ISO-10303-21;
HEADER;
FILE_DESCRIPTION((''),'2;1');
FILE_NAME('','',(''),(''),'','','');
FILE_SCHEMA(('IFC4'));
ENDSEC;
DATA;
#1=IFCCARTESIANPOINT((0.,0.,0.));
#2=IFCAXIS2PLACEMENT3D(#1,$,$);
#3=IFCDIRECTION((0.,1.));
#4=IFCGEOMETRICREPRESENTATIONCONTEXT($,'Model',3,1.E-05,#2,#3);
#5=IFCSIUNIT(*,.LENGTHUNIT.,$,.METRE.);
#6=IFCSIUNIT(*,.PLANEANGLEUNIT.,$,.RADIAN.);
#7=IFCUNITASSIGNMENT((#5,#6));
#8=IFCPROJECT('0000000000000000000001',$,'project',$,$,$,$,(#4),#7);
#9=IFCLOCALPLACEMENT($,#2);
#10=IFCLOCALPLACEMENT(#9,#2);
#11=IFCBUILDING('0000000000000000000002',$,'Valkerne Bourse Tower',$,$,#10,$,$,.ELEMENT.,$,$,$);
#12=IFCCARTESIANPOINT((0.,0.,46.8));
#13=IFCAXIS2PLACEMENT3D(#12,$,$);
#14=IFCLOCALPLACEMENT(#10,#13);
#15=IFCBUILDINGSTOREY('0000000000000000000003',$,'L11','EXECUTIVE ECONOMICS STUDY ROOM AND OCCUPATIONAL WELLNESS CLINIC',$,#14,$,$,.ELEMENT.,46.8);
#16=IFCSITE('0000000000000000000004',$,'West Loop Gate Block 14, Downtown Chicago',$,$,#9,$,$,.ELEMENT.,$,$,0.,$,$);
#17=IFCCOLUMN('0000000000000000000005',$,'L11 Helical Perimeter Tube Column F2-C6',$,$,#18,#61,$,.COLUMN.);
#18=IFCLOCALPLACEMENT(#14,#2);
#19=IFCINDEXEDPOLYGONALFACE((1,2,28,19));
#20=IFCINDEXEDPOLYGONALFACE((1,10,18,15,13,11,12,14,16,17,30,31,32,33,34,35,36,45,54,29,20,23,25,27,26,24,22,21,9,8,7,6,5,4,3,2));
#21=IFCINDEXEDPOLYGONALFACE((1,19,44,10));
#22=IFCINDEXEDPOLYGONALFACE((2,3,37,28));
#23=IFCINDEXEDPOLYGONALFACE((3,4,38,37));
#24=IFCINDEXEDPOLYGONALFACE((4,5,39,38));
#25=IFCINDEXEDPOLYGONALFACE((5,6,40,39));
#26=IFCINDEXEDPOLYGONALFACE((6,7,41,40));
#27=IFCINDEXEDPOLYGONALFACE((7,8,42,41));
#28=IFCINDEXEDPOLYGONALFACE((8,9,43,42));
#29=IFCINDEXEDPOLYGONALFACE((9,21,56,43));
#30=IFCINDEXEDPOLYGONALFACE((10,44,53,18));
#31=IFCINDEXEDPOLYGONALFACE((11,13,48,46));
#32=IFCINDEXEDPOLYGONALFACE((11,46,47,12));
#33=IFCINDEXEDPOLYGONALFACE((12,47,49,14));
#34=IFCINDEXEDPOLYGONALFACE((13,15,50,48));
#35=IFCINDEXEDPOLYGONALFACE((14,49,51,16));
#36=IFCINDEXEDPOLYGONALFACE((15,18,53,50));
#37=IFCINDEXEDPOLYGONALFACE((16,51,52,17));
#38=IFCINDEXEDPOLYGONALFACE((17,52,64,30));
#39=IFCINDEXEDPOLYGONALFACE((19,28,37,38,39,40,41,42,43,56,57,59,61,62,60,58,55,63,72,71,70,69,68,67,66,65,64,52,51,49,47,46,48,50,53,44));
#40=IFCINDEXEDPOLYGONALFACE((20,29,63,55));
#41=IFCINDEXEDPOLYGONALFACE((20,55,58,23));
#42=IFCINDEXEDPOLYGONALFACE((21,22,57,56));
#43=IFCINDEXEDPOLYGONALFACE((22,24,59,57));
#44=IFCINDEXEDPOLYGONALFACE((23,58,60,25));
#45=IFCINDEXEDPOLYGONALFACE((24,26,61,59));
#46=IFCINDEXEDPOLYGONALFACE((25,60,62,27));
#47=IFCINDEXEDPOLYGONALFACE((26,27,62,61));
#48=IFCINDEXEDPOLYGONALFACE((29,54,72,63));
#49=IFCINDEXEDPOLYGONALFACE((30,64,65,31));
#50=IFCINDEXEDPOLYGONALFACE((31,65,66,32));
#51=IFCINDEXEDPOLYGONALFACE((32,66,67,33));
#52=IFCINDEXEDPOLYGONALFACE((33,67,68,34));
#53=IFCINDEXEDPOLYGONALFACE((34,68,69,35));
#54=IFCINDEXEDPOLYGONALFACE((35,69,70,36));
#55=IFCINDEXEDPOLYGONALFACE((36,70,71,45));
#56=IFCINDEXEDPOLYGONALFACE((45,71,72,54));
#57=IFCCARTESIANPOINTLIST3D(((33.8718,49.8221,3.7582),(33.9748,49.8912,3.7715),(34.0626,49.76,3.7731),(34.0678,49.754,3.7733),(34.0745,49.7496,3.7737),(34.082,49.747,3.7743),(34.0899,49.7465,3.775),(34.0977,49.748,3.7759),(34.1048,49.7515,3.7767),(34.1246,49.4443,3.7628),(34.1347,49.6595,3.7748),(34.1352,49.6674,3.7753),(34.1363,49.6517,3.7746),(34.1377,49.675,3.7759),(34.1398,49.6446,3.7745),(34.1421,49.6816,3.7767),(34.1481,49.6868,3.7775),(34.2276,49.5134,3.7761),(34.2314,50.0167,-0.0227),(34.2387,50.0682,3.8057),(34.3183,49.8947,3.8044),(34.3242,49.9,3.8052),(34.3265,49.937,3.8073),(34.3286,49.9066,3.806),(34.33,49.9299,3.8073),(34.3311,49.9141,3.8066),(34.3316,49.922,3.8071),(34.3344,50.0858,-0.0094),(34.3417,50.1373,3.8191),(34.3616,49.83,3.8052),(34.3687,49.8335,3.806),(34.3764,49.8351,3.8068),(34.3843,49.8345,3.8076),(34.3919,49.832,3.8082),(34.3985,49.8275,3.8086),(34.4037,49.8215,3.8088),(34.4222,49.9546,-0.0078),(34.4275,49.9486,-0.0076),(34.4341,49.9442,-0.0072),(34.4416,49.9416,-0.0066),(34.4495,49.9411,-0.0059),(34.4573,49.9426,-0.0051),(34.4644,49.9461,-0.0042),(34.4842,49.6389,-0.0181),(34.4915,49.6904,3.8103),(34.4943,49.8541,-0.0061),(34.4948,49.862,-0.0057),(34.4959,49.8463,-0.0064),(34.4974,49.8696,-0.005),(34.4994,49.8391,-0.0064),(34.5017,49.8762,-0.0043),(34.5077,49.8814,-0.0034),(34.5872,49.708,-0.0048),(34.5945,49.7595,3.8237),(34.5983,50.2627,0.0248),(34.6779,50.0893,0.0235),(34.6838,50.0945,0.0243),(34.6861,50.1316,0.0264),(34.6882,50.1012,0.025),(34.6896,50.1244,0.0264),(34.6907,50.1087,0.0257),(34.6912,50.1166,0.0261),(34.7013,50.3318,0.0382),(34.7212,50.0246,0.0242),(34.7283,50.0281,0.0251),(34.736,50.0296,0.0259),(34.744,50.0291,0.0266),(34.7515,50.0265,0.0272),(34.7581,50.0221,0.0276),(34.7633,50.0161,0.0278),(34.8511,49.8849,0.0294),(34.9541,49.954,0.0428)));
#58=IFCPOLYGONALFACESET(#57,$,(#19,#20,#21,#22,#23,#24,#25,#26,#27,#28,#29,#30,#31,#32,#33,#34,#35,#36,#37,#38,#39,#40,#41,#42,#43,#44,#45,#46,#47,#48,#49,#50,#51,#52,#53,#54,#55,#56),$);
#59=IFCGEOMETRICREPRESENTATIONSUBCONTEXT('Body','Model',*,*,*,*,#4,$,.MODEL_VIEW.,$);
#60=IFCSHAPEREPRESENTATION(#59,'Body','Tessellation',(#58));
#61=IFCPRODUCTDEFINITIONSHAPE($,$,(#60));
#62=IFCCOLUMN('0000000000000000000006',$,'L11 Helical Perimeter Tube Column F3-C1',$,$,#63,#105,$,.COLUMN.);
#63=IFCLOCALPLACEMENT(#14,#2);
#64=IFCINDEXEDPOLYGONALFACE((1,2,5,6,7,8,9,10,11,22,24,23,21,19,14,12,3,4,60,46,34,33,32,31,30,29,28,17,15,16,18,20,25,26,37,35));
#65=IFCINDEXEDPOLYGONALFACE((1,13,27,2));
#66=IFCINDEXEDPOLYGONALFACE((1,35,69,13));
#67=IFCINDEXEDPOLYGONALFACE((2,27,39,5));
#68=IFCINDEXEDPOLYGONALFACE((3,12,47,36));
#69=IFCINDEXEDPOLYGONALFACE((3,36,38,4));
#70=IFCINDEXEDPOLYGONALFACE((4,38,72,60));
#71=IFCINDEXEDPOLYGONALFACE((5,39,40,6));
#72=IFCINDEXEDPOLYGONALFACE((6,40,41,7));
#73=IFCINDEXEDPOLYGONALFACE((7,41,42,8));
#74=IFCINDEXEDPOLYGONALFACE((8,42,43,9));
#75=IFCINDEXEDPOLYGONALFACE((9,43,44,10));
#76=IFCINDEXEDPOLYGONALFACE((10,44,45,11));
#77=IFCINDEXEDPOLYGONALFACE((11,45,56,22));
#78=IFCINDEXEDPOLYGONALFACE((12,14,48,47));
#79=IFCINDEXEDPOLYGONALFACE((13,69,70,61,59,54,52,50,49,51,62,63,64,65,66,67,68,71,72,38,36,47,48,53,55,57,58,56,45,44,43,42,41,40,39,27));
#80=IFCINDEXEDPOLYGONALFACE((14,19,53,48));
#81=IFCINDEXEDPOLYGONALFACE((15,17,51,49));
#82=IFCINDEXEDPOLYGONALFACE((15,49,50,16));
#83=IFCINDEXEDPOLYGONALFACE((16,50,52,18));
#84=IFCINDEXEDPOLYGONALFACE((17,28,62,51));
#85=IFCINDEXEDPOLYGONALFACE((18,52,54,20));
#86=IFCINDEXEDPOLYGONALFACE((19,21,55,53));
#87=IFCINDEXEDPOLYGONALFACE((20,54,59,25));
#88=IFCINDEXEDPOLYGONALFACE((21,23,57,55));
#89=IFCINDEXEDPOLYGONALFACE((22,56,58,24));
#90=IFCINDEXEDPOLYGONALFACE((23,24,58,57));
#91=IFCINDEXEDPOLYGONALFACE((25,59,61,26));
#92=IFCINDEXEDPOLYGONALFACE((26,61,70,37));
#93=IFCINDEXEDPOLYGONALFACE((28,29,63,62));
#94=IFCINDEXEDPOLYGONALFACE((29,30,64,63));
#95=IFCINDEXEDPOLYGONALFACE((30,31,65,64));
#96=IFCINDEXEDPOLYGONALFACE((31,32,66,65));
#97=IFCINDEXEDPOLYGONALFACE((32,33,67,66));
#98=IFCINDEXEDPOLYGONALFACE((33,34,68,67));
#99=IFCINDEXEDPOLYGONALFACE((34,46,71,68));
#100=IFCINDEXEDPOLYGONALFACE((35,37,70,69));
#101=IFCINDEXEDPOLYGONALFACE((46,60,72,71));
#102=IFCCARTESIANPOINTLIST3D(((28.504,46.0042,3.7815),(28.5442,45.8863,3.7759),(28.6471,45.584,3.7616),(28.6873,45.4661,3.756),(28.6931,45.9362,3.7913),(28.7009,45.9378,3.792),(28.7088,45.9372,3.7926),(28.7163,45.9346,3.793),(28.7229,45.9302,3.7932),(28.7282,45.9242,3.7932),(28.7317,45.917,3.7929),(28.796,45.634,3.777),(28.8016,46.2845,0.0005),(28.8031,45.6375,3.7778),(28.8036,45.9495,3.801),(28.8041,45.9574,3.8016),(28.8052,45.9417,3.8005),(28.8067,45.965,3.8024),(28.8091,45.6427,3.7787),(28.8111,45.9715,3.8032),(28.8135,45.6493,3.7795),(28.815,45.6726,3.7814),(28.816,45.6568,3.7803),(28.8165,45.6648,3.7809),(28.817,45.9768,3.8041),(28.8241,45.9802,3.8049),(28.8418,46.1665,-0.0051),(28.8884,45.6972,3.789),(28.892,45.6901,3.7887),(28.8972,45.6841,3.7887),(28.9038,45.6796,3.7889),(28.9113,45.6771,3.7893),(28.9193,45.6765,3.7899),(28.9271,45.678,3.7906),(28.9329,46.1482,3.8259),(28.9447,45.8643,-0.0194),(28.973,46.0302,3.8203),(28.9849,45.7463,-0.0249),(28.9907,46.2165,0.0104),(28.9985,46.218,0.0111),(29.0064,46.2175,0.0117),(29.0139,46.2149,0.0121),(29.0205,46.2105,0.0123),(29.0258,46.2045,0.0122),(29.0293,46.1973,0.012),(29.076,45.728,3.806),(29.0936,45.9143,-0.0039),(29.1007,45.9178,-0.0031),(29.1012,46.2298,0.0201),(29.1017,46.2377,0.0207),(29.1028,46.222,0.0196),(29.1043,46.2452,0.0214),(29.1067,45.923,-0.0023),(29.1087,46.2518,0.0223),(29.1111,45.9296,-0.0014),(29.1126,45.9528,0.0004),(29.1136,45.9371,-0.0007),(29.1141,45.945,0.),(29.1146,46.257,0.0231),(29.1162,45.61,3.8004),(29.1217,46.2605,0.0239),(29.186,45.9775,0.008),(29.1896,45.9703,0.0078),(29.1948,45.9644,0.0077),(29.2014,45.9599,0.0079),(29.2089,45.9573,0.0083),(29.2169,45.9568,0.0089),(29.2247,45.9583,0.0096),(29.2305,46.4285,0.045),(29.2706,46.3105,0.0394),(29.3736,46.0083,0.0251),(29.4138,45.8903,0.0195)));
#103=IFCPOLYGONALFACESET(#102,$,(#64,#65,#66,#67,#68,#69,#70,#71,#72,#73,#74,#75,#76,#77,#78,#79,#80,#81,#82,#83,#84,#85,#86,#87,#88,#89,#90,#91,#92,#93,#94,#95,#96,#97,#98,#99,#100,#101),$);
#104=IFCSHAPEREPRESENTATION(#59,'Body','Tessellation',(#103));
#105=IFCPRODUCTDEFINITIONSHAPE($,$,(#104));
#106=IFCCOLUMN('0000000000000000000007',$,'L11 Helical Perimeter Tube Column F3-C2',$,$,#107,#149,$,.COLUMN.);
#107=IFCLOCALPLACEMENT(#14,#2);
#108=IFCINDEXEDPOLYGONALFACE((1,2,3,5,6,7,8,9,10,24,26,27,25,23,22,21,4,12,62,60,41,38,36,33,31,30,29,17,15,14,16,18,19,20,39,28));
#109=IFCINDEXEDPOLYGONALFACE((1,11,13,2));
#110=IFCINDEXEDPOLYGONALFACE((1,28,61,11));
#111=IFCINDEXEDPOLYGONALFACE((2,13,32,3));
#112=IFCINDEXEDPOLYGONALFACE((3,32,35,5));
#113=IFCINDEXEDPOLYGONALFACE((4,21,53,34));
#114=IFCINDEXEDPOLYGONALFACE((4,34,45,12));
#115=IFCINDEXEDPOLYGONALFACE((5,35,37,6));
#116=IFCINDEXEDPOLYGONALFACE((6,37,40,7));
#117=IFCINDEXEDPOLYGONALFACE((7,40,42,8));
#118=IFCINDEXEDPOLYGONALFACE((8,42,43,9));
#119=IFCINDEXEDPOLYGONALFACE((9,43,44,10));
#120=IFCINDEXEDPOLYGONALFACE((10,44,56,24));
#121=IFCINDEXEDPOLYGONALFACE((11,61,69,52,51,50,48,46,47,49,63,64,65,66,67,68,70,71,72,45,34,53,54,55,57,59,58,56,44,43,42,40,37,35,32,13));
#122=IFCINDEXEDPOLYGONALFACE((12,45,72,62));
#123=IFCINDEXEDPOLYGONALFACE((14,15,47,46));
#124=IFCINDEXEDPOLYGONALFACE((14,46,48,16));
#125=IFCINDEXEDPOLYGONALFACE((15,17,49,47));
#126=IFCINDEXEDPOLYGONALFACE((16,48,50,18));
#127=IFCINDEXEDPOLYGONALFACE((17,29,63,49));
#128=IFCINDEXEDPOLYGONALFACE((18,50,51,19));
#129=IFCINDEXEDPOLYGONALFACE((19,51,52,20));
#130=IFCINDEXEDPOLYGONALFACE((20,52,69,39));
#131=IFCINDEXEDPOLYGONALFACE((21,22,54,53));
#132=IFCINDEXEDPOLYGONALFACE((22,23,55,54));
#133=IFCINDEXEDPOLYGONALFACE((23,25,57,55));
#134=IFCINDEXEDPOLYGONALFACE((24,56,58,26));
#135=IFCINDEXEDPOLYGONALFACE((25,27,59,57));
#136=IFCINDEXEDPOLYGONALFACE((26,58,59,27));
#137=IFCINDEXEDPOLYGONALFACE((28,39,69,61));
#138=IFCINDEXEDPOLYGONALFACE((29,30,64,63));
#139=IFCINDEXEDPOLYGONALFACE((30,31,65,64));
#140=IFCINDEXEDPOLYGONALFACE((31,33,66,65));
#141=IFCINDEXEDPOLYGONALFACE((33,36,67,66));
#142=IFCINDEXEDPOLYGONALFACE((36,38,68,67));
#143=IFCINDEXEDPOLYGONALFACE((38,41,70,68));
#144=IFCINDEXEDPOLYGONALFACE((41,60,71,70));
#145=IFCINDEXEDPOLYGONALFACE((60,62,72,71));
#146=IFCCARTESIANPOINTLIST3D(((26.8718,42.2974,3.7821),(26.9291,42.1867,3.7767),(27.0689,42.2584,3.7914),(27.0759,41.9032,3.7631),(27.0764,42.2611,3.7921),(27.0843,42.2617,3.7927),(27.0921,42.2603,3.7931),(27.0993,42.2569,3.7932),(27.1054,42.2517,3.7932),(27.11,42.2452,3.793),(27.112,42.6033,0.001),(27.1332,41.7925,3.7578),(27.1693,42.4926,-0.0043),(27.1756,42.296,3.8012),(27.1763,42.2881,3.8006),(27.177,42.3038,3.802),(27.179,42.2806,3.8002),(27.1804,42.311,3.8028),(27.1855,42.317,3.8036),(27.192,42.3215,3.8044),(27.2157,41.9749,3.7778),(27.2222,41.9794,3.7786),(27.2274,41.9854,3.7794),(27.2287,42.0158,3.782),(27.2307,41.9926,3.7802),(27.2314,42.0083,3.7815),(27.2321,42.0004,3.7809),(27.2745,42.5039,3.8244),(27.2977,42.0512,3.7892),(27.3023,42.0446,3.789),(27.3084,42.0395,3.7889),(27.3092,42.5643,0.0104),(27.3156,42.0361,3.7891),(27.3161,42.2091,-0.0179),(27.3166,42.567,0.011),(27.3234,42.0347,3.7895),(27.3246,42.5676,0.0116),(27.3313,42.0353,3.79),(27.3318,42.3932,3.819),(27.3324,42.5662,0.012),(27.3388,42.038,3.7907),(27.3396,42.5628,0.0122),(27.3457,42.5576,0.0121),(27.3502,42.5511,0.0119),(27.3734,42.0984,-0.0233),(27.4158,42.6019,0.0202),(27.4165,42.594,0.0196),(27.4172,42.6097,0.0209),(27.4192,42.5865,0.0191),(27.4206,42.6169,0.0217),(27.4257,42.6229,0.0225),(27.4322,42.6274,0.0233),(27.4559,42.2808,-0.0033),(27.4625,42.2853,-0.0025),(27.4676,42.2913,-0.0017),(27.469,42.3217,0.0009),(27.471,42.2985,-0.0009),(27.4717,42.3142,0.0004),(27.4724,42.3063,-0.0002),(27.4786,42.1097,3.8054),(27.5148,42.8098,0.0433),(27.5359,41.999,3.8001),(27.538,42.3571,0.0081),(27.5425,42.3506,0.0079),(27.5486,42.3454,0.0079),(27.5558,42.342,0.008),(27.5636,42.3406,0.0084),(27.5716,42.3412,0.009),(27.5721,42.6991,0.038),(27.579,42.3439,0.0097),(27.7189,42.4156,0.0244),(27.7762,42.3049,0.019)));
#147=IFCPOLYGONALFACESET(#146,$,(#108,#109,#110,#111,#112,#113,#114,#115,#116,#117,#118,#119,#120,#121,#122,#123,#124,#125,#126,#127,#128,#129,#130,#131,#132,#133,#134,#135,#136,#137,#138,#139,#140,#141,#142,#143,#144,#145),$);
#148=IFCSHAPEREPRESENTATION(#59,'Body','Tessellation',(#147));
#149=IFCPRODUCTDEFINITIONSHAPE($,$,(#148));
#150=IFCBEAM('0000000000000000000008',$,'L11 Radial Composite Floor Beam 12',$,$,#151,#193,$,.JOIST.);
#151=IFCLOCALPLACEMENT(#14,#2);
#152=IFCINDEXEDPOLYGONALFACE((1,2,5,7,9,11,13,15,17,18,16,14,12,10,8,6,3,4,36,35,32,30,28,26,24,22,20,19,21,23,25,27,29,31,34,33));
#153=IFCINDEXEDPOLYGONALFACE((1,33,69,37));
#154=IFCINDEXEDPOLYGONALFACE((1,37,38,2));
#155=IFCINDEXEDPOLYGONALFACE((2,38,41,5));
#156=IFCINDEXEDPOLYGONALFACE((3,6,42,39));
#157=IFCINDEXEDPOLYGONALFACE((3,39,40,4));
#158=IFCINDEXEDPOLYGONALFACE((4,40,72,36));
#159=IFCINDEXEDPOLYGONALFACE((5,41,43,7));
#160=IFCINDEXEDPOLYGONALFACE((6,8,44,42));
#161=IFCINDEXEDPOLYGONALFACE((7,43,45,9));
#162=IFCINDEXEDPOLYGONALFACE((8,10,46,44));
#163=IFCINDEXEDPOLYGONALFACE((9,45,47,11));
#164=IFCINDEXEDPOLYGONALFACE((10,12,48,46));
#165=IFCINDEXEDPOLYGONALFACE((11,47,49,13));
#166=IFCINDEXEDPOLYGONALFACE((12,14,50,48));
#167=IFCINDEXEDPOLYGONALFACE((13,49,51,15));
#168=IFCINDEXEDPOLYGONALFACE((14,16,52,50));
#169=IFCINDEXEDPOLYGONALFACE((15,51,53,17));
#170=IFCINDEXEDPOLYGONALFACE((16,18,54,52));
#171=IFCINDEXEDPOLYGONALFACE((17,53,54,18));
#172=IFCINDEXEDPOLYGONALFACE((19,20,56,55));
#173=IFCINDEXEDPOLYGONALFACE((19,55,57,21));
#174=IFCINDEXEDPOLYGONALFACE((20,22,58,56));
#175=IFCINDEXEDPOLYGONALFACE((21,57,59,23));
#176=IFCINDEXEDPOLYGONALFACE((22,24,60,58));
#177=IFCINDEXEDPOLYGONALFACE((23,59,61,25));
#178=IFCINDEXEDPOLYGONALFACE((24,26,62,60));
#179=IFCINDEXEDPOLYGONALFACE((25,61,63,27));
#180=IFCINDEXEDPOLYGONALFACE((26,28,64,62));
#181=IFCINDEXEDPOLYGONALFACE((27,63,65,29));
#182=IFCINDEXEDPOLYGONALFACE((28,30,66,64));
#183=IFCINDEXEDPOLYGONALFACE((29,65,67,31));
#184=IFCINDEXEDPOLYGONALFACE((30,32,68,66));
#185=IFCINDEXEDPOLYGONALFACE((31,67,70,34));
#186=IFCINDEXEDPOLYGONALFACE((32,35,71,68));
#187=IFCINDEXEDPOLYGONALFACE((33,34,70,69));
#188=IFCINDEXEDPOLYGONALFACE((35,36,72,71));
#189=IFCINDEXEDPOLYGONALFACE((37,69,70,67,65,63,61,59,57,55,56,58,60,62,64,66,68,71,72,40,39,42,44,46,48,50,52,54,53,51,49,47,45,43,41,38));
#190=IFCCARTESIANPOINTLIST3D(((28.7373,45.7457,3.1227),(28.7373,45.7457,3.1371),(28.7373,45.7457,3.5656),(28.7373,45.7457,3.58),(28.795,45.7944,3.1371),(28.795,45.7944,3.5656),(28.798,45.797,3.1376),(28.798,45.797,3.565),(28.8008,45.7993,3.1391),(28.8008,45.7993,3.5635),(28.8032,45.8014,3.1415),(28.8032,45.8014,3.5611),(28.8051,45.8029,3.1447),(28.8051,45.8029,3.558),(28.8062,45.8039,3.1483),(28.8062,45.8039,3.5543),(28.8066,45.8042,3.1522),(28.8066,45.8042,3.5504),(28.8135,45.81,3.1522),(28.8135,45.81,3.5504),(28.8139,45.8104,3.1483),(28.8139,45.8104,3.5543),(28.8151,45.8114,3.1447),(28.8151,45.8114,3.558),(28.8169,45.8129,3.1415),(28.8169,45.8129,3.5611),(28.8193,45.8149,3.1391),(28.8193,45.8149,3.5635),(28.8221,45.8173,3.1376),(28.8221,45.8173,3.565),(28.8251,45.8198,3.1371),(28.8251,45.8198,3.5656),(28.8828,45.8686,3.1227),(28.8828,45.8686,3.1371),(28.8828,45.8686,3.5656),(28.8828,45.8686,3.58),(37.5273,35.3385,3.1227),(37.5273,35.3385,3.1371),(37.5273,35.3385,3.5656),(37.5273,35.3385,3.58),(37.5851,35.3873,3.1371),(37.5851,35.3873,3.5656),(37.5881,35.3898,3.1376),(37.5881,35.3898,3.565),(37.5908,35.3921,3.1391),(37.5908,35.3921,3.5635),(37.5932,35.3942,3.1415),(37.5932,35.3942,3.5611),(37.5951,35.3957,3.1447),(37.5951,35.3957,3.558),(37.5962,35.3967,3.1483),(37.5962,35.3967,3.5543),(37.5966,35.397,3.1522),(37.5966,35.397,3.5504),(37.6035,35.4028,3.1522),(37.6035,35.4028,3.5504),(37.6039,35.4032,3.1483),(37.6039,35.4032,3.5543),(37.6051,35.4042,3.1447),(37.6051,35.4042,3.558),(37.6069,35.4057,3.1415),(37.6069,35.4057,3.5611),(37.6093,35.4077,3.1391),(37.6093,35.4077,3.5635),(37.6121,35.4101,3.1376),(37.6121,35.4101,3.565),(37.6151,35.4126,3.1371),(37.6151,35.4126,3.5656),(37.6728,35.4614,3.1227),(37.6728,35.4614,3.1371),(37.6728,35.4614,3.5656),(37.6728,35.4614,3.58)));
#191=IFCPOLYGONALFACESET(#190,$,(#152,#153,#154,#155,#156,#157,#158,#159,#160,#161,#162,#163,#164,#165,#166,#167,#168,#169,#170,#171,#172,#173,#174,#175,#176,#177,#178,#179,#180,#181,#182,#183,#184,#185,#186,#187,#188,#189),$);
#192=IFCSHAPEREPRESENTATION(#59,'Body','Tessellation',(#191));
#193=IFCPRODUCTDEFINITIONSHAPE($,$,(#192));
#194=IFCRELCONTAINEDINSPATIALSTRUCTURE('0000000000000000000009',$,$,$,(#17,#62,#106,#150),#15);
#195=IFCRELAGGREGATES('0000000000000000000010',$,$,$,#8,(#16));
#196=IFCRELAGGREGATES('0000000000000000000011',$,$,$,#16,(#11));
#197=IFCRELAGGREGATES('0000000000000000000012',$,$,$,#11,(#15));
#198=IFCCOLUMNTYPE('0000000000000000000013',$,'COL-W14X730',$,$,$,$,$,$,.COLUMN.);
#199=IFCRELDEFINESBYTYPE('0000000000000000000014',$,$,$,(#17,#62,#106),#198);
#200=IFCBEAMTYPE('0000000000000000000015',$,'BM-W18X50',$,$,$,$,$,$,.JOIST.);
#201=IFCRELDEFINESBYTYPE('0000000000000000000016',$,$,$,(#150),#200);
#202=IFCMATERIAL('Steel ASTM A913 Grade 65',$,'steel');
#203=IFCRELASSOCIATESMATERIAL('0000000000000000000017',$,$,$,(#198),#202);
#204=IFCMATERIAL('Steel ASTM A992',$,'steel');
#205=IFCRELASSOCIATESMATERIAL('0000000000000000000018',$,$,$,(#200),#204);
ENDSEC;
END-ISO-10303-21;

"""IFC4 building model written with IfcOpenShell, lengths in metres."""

from ifc_helpers import new_model, si_unit, direction, frame, origin, origin_2d, place, context, subcontext, project, spatial, i_section, extrude, material, material_profile, profile_set, type_object, element, save


model = new_model("IFC4")

# Units and contexts
model_context = context("Model", 3, precision=1e-05, world=origin(), true_north=direction((0.0, 1.0)))
body_context = subcontext(model_context, "Body", "Model", "MODEL_VIEW")
ifc_project = project(units=[si_unit("LENGTHUNIT", "METRE"), si_unit("PLANEANGLEUNIT", "RADIAN")], contexts=[model_context])

# Site, building, storey
site_placement = place(None, origin())
site = spatial("IfcSite", under=ifc_project, at=site_placement, Name="West Loop Gate Block 14, Downtown Chicago", CompositionType="ELEMENT", RefElevation=0.0)
building_placement = place(site_placement, origin())
building = spatial("IfcBuilding", under=site, at=building_placement, Name="Valkerne Bourse Tower", CompositionType="ELEMENT")
storey_placement = place(building_placement, frame((0.0, 0.0, 46.8)))
storey = spatial("IfcBuildingStorey", under=building, at=storey_placement, Name="L11", Description="EXECUTIVE ECONOMICS STUDY ROOM AND OCCUPATIONAL WELLNESS CLINIC", CompositionType="ELEMENT", Elevation=46.8)

# Columns
ifc_material_1 = material(Name="Steel ASTM A913 Grade 65", Category="steel")
ifc_material_profile_1 = material_profile(ifc_material_1, i_section(OverallWidth=0.4546, OverallDepth=0.5691, WebThickness=0.0779, FlangeThickness=0.1248, FilletRadius=0.0305, at=origin_2d()), Name="W14X730")
ifc_profile_set_1 = profile_set([ifc_material_profile_1], Name="Steel ASTM A913 Grade 65")
column_type = type_object("IfcColumnType", Name="COL-W14X730", PredefinedType="COLUMN", material=ifc_profile_set_1)
for number, where, z_axis, x_axis, name in (
    (1, (34.5928, 49.9854, 0.01), (-0.094561, -0.051164, 0.994203), (-0.556057, 0.831083, -0.010118), "L11 Helical Perimeter Tube Column F2-C6"),
    (2, (29.1077, 46.0874, 0.01), (-0.078255, -0.073697, 0.994206), (-0.943476, -0.316702, -0.097738), "L11 Helical Perimeter Tube Column F3-C1"),
):
    element("IfcColumn", number, at=place(storey_placement, frame(where, z_axis=z_axis, x_axis=x_axis)), inside=storey, type_object=column_type, Name=name, PredefinedType="COLUMN", context=body_context, shape_type="SweptSolid", body=[
        extrude(i_section(OverallWidth=0.4546, OverallDepth=0.5691, WebThickness=0.0779, FlangeThickness=0.1248, FilletRadius=0.0305, at=origin_2d()), origin(), (0.0, 0.0, 1.0), 3.803),
    ])
column_placement = place(storey_placement, frame((27.4441, 42.4541, 0.01), z_axis=(-0.063204, -0.080482, 0.99475), x_axis=(-0.886014, -0.454227, -0.093045)))
element("IfcColumn", 3, at=column_placement, inside=storey, type_object=column_type, Name="L11 Helical Perimeter Tube Column F3-C2", PredefinedType="COLUMN", context=body_context, shape_type="SweptSolid", body=[
    extrude(i_section(OverallWidth=0.4546, OverallDepth=0.5691, WebThickness=0.0779, FlangeThickness=0.1248, FilletRadius=0.0305, at=origin_2d()), origin(), (0.0, 0.0, 1.0), 3.801),
])

# Beam
ifc_material_2 = material(Name="Steel ASTM A992", Category="steel")
ifc_material_profile_2 = material_profile(ifc_material_2, i_section(OverallWidth=0.1904, OverallDepth=0.4573, WebThickness=0.009, FlangeThickness=0.0144, FilletRadius=0.0151, at=origin_2d()), Name="W18X50")
ifc_profile_set_2 = profile_set([ifc_material_profile_2], Name="Steel ASTM A992")
beam_type_1 = type_object("IfcBeamType", Name="BM-W18X50", PredefinedType="JOIST", material=ifc_profile_set_2)
beam_1_placement = place(storey_placement, frame((28.8101, 45.8071, 3.3513), z_axis=(0.645254, -0.763968, 0.0), x_axis=(0.763968, 0.645254, 0.0)))
element("IfcBeam", 4, at=beam_1_placement, inside=storey, type_object=beam_type_1, Name="L11 Radial Composite Floor Beam 12", PredefinedType="JOIST", context=body_context, shape_type="SweptSolid", body=[
    extrude(i_section(OverallWidth=0.1904, OverallDepth=0.4573, WebThickness=0.009, FlangeThickness=0.0144, FilletRadius=0.0151, at=origin_2d()), origin(), (0.0, 0.0, 1.0), 13.6226),
])

save(model, "model.ifc")
